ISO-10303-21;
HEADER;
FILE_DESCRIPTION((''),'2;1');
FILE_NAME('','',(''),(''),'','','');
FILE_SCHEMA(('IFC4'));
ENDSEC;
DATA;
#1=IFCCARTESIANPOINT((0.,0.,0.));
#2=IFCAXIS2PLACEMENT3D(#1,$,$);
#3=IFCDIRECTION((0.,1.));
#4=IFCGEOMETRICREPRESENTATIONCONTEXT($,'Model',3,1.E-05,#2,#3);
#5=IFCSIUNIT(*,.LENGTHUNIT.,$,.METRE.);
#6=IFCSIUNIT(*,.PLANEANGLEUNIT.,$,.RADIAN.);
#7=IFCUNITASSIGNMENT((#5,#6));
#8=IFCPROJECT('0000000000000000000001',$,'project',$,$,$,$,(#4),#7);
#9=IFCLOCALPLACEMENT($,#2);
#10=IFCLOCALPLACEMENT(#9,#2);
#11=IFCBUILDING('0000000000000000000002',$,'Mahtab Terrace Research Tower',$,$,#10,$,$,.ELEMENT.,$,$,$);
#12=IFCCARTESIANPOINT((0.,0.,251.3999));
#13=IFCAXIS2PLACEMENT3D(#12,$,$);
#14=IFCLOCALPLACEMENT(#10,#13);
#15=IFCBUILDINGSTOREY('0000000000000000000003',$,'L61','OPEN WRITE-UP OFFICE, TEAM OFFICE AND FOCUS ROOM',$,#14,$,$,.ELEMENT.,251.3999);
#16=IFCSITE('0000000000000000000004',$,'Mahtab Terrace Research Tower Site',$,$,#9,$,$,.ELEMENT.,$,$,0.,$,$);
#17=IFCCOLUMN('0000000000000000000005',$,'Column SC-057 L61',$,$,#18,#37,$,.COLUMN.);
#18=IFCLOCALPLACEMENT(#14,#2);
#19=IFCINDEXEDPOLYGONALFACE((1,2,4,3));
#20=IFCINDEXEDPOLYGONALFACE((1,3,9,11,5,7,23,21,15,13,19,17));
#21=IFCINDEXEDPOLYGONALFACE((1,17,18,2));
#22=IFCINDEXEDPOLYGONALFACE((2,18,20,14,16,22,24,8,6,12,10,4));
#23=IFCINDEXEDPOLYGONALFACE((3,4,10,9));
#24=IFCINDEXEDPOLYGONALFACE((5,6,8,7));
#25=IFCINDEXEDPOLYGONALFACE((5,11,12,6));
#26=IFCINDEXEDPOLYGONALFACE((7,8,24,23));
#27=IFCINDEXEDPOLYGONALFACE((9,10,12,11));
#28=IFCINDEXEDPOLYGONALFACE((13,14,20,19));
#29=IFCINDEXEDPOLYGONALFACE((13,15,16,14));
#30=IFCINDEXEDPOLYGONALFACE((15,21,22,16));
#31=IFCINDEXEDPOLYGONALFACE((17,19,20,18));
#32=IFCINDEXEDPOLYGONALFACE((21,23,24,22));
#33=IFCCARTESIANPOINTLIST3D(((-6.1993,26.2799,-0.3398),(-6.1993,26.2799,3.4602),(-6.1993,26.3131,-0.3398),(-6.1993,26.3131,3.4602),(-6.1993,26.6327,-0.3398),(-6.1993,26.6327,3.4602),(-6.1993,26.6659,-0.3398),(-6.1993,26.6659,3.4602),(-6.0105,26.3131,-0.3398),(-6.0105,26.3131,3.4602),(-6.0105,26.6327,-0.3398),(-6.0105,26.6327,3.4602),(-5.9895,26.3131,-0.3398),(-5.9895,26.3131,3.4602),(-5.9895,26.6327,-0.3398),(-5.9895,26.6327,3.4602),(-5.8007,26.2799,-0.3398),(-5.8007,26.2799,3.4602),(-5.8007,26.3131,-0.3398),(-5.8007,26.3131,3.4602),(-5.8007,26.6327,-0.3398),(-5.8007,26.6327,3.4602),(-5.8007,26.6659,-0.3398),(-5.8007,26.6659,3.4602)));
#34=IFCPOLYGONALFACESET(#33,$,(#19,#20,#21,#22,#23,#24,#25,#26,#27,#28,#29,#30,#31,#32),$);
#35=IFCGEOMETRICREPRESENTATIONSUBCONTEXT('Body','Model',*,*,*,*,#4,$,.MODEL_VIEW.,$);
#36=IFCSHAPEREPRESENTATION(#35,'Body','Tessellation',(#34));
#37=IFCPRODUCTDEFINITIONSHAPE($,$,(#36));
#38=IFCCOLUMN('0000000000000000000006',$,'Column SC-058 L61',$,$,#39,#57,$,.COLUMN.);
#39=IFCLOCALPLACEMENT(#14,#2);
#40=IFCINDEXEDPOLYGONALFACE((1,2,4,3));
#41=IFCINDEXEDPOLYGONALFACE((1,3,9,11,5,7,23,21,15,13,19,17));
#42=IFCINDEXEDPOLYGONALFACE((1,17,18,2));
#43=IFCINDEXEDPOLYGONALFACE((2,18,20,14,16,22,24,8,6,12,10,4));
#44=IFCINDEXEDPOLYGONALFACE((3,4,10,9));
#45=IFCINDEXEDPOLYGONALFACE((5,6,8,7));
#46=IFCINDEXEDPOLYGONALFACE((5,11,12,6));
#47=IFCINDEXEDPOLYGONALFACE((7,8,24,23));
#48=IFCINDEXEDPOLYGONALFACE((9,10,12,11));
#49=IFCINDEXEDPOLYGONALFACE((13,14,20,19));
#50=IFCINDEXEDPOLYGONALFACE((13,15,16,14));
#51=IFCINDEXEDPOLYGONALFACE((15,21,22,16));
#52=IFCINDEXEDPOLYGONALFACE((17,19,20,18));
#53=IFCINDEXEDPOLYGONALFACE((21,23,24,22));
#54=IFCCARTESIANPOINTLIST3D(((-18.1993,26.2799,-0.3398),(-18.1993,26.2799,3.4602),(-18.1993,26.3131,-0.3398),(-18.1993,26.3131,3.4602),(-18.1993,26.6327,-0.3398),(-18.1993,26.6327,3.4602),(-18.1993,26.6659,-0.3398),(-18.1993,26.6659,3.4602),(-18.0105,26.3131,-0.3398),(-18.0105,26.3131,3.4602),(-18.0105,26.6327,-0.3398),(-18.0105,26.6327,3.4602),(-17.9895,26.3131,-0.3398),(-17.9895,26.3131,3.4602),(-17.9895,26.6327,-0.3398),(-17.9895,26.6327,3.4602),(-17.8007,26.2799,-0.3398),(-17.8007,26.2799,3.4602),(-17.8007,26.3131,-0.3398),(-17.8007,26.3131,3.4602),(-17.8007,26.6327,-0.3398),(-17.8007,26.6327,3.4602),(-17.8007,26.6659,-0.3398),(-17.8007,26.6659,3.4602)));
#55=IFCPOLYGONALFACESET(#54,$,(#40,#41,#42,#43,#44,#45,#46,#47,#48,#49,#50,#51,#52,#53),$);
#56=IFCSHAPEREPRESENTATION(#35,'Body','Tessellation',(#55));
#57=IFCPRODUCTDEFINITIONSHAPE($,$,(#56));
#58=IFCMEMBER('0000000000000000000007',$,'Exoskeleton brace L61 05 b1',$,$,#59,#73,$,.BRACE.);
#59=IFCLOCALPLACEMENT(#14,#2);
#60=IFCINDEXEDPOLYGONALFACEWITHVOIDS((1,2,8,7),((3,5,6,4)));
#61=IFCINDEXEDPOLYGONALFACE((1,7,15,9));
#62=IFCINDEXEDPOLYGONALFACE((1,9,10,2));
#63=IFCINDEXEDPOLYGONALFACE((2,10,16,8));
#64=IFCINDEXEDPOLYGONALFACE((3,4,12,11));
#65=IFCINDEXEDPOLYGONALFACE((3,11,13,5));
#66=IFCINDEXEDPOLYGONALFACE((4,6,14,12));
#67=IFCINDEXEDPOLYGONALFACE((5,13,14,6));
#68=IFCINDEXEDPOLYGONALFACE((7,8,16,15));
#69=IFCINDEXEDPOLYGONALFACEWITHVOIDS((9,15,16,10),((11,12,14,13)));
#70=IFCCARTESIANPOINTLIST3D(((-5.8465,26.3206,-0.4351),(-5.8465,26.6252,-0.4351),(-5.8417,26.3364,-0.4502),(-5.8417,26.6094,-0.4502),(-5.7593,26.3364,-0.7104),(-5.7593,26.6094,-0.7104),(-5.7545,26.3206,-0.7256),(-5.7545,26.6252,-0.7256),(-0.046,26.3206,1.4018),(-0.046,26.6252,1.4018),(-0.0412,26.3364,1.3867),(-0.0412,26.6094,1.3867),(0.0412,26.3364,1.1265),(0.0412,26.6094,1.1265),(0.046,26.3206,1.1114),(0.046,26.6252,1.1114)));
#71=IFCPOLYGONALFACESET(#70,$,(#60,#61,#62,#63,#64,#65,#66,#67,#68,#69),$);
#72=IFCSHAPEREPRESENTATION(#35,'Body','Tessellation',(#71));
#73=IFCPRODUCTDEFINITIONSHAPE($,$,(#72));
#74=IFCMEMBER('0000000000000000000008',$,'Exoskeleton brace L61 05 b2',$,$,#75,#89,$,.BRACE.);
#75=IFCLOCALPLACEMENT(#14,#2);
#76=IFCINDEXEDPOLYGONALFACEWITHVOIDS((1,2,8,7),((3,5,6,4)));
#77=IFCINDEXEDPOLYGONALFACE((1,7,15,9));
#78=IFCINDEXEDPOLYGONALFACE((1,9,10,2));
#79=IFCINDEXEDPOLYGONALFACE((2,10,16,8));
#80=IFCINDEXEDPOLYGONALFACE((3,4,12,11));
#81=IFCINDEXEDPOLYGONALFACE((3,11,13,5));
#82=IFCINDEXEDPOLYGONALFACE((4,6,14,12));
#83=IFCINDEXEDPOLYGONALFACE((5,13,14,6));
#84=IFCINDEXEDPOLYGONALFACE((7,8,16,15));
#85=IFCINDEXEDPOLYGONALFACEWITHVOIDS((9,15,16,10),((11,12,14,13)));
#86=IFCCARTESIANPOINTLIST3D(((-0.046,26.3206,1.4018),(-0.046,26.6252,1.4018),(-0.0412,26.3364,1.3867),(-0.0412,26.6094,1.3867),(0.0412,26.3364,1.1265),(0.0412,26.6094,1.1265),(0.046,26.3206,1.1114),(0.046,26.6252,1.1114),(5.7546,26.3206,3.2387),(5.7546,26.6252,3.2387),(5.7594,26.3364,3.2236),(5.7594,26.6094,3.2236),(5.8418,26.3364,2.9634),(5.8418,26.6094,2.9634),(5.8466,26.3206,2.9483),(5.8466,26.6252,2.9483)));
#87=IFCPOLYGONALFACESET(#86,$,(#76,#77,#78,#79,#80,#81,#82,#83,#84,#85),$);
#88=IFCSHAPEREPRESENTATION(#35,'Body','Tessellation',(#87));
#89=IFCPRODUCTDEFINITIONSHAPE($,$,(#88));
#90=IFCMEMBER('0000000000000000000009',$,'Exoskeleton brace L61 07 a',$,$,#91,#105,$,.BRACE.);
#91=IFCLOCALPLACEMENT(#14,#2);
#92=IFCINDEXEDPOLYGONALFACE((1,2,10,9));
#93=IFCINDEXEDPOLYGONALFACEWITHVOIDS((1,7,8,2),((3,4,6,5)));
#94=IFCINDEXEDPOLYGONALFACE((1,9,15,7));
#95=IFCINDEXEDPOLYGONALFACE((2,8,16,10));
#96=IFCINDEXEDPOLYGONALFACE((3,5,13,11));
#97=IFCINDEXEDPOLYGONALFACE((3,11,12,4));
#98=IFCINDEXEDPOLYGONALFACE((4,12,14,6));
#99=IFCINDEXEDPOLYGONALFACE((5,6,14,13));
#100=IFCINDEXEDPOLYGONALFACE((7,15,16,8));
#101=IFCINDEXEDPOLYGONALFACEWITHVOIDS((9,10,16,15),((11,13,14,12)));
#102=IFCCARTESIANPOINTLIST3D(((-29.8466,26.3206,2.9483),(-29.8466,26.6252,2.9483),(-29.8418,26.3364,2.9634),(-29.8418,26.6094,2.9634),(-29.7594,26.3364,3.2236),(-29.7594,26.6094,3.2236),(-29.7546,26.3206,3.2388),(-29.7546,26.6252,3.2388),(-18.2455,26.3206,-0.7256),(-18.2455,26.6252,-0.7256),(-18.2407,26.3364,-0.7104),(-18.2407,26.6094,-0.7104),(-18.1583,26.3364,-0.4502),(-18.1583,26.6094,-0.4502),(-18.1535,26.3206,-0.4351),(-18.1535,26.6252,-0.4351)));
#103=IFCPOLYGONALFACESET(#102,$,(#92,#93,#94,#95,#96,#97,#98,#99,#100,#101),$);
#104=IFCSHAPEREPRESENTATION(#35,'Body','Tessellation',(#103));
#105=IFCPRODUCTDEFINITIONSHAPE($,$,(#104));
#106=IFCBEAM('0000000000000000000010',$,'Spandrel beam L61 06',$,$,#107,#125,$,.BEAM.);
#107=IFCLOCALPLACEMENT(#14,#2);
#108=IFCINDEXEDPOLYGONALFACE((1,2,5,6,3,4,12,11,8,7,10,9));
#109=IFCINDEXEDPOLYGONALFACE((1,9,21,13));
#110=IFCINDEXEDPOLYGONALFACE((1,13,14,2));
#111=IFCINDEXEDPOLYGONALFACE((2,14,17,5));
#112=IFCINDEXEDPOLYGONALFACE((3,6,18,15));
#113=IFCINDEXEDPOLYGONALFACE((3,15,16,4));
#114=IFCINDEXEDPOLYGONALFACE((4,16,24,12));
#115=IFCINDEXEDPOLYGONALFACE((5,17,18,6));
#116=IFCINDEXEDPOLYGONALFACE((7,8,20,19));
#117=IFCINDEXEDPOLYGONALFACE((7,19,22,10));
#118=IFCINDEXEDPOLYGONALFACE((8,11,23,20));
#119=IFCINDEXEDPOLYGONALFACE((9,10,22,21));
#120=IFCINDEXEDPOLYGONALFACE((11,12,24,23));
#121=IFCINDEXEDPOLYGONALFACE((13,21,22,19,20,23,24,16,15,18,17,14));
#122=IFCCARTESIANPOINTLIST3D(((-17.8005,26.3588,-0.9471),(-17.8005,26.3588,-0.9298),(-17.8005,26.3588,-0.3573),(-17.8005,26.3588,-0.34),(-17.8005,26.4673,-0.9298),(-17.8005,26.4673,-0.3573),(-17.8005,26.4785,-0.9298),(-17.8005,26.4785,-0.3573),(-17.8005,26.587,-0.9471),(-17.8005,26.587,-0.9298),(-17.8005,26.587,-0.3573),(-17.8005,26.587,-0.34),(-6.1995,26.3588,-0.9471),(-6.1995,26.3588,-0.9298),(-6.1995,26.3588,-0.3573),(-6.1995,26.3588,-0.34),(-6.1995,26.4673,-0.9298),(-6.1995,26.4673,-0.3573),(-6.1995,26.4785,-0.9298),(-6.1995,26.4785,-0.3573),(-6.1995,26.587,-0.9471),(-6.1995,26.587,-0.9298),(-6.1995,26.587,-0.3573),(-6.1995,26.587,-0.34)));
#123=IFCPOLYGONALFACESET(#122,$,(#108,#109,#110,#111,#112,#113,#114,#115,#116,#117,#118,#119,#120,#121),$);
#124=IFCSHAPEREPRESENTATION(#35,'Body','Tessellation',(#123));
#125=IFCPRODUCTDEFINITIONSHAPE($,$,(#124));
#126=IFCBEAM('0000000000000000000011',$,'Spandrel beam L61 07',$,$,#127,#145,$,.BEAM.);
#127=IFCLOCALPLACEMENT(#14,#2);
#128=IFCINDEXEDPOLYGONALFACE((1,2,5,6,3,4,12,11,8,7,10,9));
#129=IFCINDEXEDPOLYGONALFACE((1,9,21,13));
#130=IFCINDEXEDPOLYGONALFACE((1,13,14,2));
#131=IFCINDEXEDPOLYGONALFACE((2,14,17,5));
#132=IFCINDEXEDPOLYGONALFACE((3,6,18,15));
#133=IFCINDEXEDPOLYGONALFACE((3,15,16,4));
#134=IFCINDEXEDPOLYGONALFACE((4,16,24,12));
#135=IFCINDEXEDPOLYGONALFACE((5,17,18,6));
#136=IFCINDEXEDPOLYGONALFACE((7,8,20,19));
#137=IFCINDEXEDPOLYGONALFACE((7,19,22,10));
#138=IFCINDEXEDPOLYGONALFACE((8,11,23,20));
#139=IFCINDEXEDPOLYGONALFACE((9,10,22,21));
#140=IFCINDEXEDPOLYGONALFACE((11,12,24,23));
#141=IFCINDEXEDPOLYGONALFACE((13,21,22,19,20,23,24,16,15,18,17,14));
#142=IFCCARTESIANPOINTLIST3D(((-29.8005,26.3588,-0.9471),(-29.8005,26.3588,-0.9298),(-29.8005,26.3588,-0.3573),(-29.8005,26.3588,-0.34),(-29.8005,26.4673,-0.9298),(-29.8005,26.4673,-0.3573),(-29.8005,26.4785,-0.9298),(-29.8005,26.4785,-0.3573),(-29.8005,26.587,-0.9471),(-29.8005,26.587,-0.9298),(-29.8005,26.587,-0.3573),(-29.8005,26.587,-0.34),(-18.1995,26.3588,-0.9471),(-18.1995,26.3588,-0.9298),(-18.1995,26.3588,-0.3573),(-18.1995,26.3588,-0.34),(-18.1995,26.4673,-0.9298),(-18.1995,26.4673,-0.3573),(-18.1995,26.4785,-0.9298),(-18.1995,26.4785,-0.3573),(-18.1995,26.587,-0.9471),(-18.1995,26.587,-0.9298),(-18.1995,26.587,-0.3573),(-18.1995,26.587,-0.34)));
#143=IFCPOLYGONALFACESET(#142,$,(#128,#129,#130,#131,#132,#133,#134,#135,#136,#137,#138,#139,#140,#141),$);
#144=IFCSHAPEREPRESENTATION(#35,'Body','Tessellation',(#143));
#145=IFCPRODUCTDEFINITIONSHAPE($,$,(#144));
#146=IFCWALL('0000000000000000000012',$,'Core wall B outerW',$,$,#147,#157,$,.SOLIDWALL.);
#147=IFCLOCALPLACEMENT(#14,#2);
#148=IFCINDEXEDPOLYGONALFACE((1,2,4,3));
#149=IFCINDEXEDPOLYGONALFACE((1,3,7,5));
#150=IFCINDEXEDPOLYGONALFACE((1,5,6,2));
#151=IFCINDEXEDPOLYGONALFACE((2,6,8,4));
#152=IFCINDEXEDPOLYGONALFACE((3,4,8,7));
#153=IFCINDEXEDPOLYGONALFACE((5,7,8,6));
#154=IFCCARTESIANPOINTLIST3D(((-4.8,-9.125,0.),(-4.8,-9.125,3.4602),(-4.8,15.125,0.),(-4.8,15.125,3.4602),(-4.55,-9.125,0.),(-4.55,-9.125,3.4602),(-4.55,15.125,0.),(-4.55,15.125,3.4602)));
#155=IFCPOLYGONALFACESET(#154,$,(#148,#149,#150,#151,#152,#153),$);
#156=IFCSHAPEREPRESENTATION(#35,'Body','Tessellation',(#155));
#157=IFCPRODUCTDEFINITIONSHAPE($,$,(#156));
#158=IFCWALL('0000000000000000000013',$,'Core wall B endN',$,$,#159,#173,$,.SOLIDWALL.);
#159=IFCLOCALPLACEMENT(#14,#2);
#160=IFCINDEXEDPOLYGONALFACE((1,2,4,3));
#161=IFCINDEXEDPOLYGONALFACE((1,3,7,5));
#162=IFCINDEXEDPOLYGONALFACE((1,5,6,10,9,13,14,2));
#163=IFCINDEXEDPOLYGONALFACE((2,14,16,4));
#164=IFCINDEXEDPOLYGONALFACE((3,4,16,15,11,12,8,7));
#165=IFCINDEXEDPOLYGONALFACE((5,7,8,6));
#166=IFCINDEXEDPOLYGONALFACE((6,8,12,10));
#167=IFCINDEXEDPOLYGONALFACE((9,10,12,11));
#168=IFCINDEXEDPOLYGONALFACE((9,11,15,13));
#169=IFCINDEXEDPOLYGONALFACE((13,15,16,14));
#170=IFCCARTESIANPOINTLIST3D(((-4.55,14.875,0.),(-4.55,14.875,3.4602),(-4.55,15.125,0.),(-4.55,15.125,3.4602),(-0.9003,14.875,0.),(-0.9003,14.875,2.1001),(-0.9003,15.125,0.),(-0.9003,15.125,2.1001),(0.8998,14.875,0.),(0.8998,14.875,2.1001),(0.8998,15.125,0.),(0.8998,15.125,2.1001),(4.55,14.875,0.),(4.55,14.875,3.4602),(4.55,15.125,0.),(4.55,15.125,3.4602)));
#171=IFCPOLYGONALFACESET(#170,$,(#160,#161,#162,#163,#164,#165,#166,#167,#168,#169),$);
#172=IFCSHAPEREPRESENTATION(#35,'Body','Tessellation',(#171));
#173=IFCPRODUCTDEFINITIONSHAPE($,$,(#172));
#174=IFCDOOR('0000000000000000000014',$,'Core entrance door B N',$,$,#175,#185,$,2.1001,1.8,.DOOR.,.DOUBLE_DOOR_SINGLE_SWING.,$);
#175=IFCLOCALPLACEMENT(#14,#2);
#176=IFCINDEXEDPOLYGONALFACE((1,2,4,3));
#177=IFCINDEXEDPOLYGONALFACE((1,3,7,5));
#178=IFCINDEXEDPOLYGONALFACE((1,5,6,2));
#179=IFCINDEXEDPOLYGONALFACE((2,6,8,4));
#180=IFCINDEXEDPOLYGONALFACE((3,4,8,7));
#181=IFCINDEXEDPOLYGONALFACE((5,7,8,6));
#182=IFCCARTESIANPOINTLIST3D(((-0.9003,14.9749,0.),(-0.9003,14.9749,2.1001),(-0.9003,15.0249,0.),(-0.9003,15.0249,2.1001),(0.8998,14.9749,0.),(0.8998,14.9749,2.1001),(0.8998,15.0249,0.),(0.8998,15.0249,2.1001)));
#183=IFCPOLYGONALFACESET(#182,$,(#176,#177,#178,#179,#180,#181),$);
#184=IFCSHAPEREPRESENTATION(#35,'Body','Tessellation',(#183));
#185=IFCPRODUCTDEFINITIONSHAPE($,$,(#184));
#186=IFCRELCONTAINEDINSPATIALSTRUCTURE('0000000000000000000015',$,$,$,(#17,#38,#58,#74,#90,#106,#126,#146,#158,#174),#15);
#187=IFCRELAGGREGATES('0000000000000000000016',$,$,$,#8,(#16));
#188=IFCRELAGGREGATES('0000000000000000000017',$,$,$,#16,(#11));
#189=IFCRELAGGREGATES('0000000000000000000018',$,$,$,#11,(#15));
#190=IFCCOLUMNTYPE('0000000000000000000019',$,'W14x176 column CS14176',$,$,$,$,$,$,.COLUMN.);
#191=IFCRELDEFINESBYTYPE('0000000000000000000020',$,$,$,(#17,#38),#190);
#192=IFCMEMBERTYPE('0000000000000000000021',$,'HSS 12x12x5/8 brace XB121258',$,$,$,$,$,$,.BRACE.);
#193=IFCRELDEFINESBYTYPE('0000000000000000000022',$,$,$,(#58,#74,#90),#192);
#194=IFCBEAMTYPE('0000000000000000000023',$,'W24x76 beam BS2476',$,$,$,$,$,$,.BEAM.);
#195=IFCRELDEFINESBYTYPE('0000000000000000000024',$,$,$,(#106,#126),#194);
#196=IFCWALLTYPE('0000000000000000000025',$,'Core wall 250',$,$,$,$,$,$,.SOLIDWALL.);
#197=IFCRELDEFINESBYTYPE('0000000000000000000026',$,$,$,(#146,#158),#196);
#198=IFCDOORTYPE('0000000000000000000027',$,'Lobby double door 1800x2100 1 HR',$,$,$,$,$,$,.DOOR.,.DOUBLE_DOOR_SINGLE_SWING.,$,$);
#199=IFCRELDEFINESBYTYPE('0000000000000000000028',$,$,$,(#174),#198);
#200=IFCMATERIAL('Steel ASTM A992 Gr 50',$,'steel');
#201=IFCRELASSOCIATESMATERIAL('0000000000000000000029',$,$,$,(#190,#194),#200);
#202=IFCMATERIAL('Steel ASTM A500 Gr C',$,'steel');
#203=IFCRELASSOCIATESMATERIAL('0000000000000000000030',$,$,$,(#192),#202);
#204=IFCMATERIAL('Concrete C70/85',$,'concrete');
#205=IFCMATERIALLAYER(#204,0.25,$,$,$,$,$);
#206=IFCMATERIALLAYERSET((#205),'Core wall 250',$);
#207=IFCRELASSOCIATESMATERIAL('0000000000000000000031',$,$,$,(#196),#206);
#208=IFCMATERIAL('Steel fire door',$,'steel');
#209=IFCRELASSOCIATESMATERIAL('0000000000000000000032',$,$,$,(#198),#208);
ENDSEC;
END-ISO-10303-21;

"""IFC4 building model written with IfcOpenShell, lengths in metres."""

from ifc_helpers import new_model, si_unit, direction, frame, frame_2d, origin, origin_2d, place, context, subcontext, project, spatial, rectangle, hollow_rectangle, i_section, extrude, material, layer, layer_set, material_profile, profile_set, type_object, element, fill, save


model = new_model("IFC4")

# Units and contexts
model_context = context("Model", 3, precision=1e-05, world=origin(), true_north=direction((0.0, 1.0)))
body_context = subcontext(model_context, "Body", "Model", "MODEL_VIEW")
ifc_project = project(units=[si_unit("LENGTHUNIT", "METRE"), si_unit("PLANEANGLEUNIT", "RADIAN")], contexts=[model_context])

# Site, building, storey
site_placement = place(None, origin())
site = spatial("IfcSite", under=ifc_project, at=site_placement, Name="Mahtab Terrace Research Tower Site", CompositionType="ELEMENT", RefElevation=0.0)
building_placement = place(site_placement, origin())
building = spatial("IfcBuilding", under=site, at=building_placement, Name="Mahtab Terrace Research Tower", CompositionType="ELEMENT")
storey_placement = place(building_placement, frame((0.0, 0.0, 251.3999)))
storey = spatial("IfcBuildingStorey", under=building, at=storey_placement, Name="L61", Description="OPEN WRITE-UP OFFICE, TEAM OFFICE AND FOCUS ROOM", CompositionType="ELEMENT", Elevation=251.3999)

# Columns
ifc_material_1 = material(Name="Steel ASTM A992 Gr 50", Category="steel")
ifc_material_profile_1 = material_profile(ifc_material_1, i_section(OverallWidth=0.3987, OverallDepth=0.386, WebThickness=0.021, FlangeThickness=0.0332, at=origin_2d()), Name="W14X176")
ifc_profile_set_1 = profile_set([ifc_material_profile_1], Name="Steel ASTM A992 Gr 50")
column_type = type_object("IfcColumnType", Name="W14x176 column CS14176", PredefinedType="COLUMN", material=ifc_profile_set_1)
for number, where, z_axis, x_axis, name in (
    (1, (-6.0, 26.4729, -0.3398), (0.0, 0.0, 1.0), (1.0, 0.0, 0.0), "Column SC-057 L61"),
    (2, (-18.0, 26.4729, -0.3398), (0.0, 0.0, 1.0), (1.0, 0.0, 0.0), "Column SC-058 L61"),
):
    element("IfcColumn", number, at=place(storey_placement, frame(where, z_axis=z_axis, x_axis=x_axis)), inside=storey, type_object=column_type, Name=name, PredefinedType="COLUMN", context=body_context, shape_type="SweptSolid", body=[
        extrude(i_section(OverallWidth=0.3987, OverallDepth=0.386, WebThickness=0.021, FlangeThickness=0.0332, at=origin_2d()), origin(), (0.0, 0.0, 1.0), 3.8),
    ])

# Members
ifc_material_2 = material(Name="Steel ASTM A500 Gr C", Category="steel")
ifc_material_profile_2 = material_profile(ifc_material_2, hollow_rectangle(XDim=0.3047, YDim=0.3047, WallThickness=0.0159, at=origin_2d()), Name="HSS12X12X5/8")
ifc_profile_set_2 = profile_set([ifc_material_profile_2], Name="Steel ASTM A500 Gr C")
member_type = type_object("IfcMemberType", Name="HSS 12x12x5/8 brace XB121258", PredefinedType="BRACE", material=ifc_profile_set_2)
for number, where, z_axis, x_axis, name in (
    (3, (-5.8005, 26.4729, -0.5803), (0.953339, 0.0, 0.301903), (0.0, 1.0, 0.0), "Exoskeleton brace L61 05 b1"),
    (4, (0.0, 26.4729, 1.2566), (0.953339, 0.0, 0.301903), (0.0, 1.0, 0.0), "Exoskeleton brace L61 05 b2"),
):
    element("IfcMember", number, at=place(storey_placement, frame(where, z_axis=z_axis, x_axis=x_axis)), inside=storey, type_object=member_type, Name=name, PredefinedType="BRACE", context=body_context, shape_type="SweptSolid", body=[
        extrude(hollow_rectangle(XDim=0.3047, YDim=0.3047, WallThickness=0.0159, at=origin_2d()), origin(), (0.0, 0.0, 1.0), 6.0845),
    ])
member_placement = place(storey_placement, frame((-18.1995, 26.4729, -0.5803), z_axis=(-0.953339, 0.0, 0.301903), x_axis=(0.0, -1.0, 0.0)))
element("IfcMember", 5, at=member_placement, inside=storey, type_object=member_type, Name="Exoskeleton brace L61 07 a", PredefinedType="BRACE", context=body_context, shape_type="SweptSolid", body=[
    extrude(hollow_rectangle(XDim=0.3047, YDim=0.3047, WallThickness=0.0159, at=origin_2d()), origin(), (0.0, 0.0, 1.0), 12.1689),
])

# Beams
ifc_material_profile_3 = material_profile(ifc_material_1, i_section(OverallWidth=0.2283, OverallDepth=0.6072, WebThickness=0.0112, FlangeThickness=0.0173, at=origin_2d()), Name="W24X76")
ifc_profile_set_3 = profile_set([ifc_material_profile_3], Name="Steel ASTM A992 Gr 50")
beam_type = type_object("IfcBeamType", Name="W24x76 beam BS2476", PredefinedType="BEAM", material=ifc_profile_set_3)
for number, where, z_axis, x_axis, name in (
    (6, (-6.1995, 26.4729, -0.6436), (-1.0, 0.0, 0.0), (0.0, -1.0, 0.0), "Spandrel beam L61 06"),
    (7, (-18.1995, 26.4729, -0.6436), (-1.0, 0.0, 0.0), (0.0, -1.0, 0.0), "Spandrel beam L61 07"),
):
    element("IfcBeam", number, at=place(storey_placement, frame(where, z_axis=z_axis, x_axis=x_axis)), inside=storey, type_object=beam_type, Name=name, PredefinedType="BEAM", context=body_context, shape_type="SweptSolid", body=[
        extrude(i_section(OverallWidth=0.2283, OverallDepth=0.6072, WebThickness=0.0112, FlangeThickness=0.0173, at=origin_2d()), origin(), (0.0, 0.0, 1.0), 11.6011),
    ])

# Wall
ifc_material_3 = material(Name="Concrete C70/85", Category="concrete")
ifc_layer_1 = layer(ifc_material_3, 0.25)
ifc_layer_set_1 = layer_set([ifc_layer_1], Name="Core wall 250")
wall_type_1 = type_object("IfcWallType", Name="Core wall 250", PredefinedType="SOLIDWALL", material=ifc_layer_set_1)
wall_1_placement = place(storey_placement, frame((-4.675, 15.125, 0.0), z_axis=(0.0, 0.0, 1.0), x_axis=(0.0, -1.0, 0.0)))
element("IfcWall", 8, at=wall_1_placement, inside=storey, type_object=wall_type_1, Name="Core wall B outerW", PredefinedType="SOLIDWALL", context=body_context, shape_type="SweptSolid", body=[
    extrude(rectangle(XDim=24.25, YDim=0.25, at=frame_2d((12.125, 0.0))), origin(), (0.0, 0.0, 1.0), 3.4602),
])

# Wall, opening, door
wall_2_placement = place(storey_placement, frame((-4.55, 15.0, 0.0), z_axis=(0.0, 0.0, 1.0), x_axis=(1.0, 0.0, 0.0)))
wall_2 = element("IfcWall", 9, at=wall_2_placement, inside=storey, type_object=wall_type_1, Name="Core wall B endN", PredefinedType="SOLIDWALL", context=body_context, shape_type="SweptSolid", body=[
    extrude(rectangle(XDim=9.1001, YDim=0.25, at=frame_2d((4.55, 0.0))), origin(), (0.0, 0.0, 1.0), 3.4602),
])
opening_1_placement = place(wall_2_placement, frame((3.6499, 0.0, 0.0)))
opening_1 = element("IfcOpeningElement", 10, at=opening_1_placement, cuts=wall_2, PredefinedType="OPENING", context=body_context, shape_type="SweptSolid", body=[
    extrude(rectangle(XDim=1.8, YDim=2.1001, at=frame_2d((0.8999, 1.05))), frame((0.0, 0.135, 0.0), z_axis=(0.0, -1.0, 0.0), x_axis=(1.0, 0.0, 0.0)), (0.0, 0.0, 1.0), 0.27),
])
ifc_material_4 = material(Name="Steel fire door", Category="steel")
door_type_1 = type_object("IfcDoorType", Name="Lobby double door 1800x2100 1 HR", OperationType="DOUBLE_DOOR_SINGLE_SWING", PredefinedType="DOOR", material=ifc_material_4)
door_1_placement = place(opening_1_placement, origin())
door_1 = element("IfcDoor", 11, at=door_1_placement, inside=storey, type_object=door_type_1, Name="Core entrance door B N", OperationType="DOUBLE_DOOR_SINGLE_SWING", OverallHeight=2.1001, OverallWidth=1.8, PredefinedType="DOOR", context=body_context, shape_type="SweptSolid", body=[
    extrude(rectangle(XDim=1.8, YDim=2.1001, at=frame_2d((0.8999, 1.05))), frame((0.0, 0.0249, 0.0), z_axis=(0.0, -1.0, 0.0), x_axis=(1.0, 0.0, 0.0)), (0.0, 0.0, 1.0), 0.05),
])
fill(opening_1, door_1)

save(model, "model.ifc")
